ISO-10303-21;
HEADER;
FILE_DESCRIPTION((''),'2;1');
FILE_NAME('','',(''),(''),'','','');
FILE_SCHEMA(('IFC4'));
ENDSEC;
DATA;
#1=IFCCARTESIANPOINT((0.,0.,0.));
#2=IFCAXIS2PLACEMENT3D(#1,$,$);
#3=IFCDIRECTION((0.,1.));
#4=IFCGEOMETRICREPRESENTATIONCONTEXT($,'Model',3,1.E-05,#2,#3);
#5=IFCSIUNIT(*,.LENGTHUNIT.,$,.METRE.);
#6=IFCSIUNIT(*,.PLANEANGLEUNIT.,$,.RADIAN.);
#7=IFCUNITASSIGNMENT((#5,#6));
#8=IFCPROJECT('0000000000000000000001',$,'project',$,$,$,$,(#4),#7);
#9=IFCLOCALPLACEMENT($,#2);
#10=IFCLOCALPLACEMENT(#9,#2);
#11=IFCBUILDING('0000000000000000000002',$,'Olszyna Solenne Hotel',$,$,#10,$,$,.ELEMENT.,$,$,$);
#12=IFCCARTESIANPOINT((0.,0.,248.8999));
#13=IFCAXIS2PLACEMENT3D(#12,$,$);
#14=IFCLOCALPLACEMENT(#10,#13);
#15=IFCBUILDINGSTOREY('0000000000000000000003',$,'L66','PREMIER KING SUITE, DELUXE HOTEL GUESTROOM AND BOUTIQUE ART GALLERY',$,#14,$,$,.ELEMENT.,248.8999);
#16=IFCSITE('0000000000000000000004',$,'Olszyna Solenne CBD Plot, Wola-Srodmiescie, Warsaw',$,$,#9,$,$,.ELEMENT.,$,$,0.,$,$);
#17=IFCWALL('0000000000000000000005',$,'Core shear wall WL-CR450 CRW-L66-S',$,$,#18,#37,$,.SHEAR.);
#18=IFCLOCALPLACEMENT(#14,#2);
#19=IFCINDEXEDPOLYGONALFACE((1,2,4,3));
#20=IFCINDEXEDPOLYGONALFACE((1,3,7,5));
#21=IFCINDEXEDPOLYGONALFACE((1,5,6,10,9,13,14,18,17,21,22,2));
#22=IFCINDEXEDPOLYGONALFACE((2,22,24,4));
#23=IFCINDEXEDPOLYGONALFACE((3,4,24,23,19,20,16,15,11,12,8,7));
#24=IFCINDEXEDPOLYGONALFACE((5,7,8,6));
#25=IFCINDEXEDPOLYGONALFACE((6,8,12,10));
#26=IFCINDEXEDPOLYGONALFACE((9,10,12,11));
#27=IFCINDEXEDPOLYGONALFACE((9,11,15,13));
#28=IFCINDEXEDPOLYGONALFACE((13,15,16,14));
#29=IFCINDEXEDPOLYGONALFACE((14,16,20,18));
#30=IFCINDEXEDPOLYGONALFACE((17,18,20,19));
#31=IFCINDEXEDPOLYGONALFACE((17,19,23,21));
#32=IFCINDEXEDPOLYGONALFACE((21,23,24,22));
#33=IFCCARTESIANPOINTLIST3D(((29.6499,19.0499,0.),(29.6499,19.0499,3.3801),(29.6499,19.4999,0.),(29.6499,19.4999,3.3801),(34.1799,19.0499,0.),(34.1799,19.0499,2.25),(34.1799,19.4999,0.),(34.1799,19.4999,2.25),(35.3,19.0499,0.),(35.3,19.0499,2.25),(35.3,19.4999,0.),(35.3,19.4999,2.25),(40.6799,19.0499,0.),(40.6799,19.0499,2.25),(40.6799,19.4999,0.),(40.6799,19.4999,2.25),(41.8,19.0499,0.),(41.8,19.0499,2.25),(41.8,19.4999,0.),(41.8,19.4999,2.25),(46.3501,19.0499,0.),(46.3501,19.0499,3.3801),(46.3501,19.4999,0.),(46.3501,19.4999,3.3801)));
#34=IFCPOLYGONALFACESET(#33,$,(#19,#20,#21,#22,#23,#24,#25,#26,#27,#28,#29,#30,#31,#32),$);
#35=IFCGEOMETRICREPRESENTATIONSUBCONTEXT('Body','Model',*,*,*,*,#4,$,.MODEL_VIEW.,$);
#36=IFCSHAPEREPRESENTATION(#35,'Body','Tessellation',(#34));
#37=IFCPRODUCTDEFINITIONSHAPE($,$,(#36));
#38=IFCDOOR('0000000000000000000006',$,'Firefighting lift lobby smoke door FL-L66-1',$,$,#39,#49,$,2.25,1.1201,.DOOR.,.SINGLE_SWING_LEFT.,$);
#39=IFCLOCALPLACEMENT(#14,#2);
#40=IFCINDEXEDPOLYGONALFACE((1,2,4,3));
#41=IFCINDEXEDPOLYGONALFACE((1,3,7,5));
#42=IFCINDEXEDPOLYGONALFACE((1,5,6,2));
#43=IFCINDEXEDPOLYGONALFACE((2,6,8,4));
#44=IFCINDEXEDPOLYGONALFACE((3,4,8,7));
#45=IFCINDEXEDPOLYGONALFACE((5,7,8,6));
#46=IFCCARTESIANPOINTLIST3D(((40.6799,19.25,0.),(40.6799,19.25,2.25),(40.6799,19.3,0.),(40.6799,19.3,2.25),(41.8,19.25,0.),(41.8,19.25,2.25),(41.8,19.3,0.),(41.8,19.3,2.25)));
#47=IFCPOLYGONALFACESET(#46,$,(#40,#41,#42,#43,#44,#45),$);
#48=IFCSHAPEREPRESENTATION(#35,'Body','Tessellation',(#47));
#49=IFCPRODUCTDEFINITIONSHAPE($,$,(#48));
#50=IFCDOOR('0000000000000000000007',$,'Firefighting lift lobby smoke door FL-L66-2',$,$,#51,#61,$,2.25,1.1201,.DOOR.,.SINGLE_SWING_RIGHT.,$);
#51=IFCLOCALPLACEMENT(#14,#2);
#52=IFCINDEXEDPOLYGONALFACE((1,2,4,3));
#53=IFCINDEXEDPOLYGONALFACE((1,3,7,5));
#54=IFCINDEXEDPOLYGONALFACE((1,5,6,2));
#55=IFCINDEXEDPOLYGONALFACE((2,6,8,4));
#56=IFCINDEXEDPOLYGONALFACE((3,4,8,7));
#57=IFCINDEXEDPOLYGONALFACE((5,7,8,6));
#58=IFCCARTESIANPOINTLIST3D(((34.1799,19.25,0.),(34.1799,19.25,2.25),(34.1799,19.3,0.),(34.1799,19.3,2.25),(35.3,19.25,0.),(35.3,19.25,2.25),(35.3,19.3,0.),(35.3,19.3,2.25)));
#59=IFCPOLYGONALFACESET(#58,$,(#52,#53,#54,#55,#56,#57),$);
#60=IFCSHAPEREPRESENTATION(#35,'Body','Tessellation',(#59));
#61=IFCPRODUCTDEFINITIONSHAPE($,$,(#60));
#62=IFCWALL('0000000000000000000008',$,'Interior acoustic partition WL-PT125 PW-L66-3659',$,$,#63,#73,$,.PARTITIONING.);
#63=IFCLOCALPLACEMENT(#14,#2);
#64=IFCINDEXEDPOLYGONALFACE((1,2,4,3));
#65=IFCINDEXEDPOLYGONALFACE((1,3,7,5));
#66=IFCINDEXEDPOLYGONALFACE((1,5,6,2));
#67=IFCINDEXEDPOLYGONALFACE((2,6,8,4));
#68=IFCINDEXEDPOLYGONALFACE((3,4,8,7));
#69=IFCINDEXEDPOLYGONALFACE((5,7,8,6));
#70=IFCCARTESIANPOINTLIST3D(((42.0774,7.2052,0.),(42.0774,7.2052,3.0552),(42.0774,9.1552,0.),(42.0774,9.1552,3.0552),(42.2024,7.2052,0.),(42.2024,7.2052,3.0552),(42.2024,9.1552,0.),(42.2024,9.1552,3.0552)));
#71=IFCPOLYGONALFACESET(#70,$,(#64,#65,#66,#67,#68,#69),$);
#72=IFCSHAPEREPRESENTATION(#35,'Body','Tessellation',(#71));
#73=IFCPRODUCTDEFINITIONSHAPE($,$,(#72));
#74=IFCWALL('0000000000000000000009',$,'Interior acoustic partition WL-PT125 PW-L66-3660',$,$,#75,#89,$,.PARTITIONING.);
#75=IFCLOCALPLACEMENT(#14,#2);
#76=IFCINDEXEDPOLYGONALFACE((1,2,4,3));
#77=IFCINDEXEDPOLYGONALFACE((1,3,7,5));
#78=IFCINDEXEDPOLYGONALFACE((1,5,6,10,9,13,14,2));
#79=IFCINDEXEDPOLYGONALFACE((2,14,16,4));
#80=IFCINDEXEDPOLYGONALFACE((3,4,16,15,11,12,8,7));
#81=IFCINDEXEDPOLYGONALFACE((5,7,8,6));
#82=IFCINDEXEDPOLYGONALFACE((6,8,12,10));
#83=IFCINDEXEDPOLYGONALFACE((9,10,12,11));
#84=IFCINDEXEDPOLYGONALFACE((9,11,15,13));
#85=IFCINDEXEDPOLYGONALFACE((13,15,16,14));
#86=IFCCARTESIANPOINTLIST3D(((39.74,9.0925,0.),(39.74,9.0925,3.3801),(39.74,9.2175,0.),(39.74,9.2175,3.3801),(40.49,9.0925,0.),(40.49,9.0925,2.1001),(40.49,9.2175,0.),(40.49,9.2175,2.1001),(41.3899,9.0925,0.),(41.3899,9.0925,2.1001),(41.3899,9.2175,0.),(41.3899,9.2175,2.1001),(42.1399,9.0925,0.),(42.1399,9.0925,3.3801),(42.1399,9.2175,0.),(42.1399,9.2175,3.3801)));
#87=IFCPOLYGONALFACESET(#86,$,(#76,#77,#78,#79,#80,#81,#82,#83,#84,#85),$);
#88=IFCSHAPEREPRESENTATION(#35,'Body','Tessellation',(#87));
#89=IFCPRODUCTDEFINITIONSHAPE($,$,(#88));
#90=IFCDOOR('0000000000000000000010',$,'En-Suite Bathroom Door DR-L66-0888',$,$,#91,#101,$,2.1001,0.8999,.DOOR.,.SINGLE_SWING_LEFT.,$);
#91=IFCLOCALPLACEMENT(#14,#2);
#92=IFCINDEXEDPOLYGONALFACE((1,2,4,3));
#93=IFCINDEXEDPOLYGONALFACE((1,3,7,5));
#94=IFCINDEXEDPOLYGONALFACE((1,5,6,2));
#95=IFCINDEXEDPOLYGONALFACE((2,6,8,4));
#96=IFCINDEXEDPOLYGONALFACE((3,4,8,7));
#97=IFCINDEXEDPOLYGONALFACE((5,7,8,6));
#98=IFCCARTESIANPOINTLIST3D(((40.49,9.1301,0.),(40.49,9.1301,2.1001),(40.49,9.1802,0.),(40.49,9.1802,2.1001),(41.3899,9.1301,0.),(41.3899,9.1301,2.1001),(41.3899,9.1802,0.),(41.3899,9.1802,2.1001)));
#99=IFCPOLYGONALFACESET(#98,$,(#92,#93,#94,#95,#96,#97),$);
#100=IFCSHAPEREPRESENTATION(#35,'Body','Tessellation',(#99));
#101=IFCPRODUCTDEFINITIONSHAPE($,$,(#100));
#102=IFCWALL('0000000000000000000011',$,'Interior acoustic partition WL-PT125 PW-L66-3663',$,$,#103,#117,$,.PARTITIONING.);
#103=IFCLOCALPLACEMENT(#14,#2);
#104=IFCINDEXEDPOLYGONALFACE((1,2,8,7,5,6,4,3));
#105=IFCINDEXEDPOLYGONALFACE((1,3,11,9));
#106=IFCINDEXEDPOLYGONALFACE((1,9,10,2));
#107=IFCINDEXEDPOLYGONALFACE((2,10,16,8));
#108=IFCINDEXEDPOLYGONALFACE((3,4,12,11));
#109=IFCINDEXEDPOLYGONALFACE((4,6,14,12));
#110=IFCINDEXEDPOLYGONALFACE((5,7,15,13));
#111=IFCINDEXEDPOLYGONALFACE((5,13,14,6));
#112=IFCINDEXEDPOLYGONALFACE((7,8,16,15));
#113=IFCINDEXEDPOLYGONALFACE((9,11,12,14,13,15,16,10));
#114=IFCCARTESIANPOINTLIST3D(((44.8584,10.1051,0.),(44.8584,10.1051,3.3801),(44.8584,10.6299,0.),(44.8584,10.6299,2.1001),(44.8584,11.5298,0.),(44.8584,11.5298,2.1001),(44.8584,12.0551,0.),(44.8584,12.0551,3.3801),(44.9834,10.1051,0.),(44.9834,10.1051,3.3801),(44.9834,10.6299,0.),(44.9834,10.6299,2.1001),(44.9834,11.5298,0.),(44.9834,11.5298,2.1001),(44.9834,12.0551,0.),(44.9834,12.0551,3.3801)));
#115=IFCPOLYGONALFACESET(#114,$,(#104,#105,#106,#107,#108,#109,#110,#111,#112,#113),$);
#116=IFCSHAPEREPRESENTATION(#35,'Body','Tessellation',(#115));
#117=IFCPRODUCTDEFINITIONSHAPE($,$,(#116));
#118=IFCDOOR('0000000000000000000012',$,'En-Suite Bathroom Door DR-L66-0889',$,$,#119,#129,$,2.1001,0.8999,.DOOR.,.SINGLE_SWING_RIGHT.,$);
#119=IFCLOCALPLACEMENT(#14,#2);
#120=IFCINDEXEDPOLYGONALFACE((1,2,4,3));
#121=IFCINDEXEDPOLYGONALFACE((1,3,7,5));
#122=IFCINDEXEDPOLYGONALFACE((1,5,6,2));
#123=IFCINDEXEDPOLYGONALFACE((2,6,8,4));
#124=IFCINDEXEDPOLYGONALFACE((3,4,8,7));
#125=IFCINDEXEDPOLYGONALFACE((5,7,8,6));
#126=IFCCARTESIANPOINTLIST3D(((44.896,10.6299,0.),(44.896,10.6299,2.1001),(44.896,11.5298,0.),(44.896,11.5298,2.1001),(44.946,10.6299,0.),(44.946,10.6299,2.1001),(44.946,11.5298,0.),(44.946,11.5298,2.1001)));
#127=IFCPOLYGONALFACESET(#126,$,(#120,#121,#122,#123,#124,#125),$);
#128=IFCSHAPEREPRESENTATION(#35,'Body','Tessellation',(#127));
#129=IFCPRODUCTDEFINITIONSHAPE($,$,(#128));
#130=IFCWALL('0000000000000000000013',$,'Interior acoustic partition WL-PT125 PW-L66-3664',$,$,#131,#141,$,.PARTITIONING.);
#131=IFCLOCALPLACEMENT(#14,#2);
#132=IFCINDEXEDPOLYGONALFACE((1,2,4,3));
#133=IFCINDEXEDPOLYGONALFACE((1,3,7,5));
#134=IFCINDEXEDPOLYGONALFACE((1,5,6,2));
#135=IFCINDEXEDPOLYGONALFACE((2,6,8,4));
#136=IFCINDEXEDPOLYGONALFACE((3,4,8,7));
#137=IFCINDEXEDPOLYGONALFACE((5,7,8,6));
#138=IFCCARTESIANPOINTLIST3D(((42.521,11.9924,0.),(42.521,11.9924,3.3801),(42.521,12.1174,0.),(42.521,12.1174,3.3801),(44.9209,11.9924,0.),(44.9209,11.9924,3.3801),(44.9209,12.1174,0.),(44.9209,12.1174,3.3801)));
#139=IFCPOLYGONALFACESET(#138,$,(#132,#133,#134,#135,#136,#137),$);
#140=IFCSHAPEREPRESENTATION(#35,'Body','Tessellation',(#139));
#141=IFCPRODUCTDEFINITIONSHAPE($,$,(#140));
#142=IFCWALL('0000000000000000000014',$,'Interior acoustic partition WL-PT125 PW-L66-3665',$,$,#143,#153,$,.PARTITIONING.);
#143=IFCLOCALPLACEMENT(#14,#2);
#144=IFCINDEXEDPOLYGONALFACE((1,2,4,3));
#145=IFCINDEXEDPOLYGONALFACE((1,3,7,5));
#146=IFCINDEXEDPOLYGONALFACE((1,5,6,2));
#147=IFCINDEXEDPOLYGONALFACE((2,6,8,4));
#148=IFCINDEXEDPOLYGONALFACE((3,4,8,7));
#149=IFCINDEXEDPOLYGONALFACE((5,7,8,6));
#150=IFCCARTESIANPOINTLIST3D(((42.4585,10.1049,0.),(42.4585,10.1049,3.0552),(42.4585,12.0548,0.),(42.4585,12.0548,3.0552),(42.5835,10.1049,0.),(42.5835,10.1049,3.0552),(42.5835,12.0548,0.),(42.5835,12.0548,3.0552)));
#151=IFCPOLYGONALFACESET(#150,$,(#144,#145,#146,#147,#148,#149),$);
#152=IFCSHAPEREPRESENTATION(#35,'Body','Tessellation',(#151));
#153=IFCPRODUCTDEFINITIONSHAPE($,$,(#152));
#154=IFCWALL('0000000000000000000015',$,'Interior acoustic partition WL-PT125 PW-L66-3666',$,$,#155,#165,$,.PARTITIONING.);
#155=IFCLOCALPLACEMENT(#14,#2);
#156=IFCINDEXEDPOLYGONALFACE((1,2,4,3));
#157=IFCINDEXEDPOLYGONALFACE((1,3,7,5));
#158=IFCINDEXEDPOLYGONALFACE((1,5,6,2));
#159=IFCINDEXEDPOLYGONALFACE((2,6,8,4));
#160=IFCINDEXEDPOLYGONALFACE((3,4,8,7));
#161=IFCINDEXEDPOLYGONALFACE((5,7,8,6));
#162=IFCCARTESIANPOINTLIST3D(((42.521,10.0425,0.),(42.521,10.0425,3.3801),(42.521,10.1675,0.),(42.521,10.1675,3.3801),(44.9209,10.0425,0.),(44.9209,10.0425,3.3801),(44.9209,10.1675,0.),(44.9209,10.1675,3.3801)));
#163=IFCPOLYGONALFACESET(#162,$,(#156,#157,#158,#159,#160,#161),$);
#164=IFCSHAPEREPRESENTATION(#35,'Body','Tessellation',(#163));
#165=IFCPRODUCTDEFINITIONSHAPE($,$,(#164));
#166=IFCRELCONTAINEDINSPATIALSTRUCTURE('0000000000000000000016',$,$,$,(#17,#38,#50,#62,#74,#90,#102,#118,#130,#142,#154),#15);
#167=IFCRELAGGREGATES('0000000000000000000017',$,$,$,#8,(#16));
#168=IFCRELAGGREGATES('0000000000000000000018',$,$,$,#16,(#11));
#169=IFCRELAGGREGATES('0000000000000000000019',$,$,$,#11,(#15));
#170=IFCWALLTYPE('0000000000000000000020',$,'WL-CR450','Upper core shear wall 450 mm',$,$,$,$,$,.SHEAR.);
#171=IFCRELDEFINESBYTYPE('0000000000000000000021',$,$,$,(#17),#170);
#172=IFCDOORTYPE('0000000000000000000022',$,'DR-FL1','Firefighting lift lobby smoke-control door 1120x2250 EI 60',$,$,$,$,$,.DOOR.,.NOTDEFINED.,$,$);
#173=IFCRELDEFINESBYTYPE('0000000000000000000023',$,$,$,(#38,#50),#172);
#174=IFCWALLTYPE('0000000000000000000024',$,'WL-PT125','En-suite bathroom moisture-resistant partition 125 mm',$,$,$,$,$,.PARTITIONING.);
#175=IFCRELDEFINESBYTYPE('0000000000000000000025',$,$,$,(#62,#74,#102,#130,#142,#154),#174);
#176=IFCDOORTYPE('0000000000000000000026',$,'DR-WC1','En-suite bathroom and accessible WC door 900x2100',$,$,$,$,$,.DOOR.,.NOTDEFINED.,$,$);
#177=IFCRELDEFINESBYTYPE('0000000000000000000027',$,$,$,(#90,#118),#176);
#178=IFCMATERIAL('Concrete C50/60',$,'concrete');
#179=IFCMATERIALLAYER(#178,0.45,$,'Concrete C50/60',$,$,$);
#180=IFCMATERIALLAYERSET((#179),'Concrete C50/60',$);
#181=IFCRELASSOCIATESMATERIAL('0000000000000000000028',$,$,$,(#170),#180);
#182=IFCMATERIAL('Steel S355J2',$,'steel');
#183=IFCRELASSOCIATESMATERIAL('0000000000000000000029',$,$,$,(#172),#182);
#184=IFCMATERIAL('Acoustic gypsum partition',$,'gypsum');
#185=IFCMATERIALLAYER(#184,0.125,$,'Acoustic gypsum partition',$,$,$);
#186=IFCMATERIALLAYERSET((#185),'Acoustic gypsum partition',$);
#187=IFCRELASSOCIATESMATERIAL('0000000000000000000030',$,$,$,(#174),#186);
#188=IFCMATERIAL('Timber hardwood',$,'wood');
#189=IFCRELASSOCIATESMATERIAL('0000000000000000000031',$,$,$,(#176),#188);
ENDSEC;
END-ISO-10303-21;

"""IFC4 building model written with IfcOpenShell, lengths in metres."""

from ifc_helpers import new_model, si_unit, direction, frame, frame_2d, origin, place, context, subcontext, project, spatial, rectangle, extrude, source, transform, mapped, material, layer, layer_set, type_object, type_shapes, element, fill, save


model = new_model("IFC4")

# Units and contexts
model_context = context("Model", 3, precision=1e-05, world=origin(), true_north=direction((0.0, 1.0)))
body_context = subcontext(model_context, "Body", "Model", "MODEL_VIEW")
ifc_project = project(units=[si_unit("LENGTHUNIT", "METRE"), si_unit("PLANEANGLEUNIT", "RADIAN")], contexts=[model_context])

# Site, building, storey
site_placement = place(None, origin())
site = spatial("IfcSite", under=ifc_project, at=site_placement, Name="Olszyna Solenne CBD Plot, Wola-Srodmiescie, Warsaw", CompositionType="ELEMENT", RefElevation=0.0)
building_placement = place(site_placement, origin())
building = spatial("IfcBuilding", under=site, at=building_placement, Name="Olszyna Solenne Hotel", CompositionType="ELEMENT")
storey_placement = place(building_placement, frame((0.0, 0.0, 248.8999)))
storey = spatial("IfcBuildingStorey", under=building, at=storey_placement, Name="L66", Description="PREMIER KING SUITE, DELUXE HOTEL GUESTROOM AND BOUTIQUE ART GALLERY", CompositionType="ELEMENT", Elevation=248.8999)

# Shared definitions
ifc_material_1 = material(Name="Steel S355J2", Category="steel")

# Shared definitions
ifc_material_2 = material(Name="Concrete C50/60", Category="concrete")

# Wall, openings, doors
ifc_layer_1 = layer(ifc_material_2, 0.45, Name="Concrete C50/60")
ifc_layer_set_1 = layer_set([ifc_layer_1], Name="Concrete C50/60")
wall_type_1 = type_object("IfcWallType", Name="WL-CR450", Description="Upper core shear wall 450 mm", PredefinedType="SHEAR", material=ifc_layer_set_1)
wall_1_placement = place(storey_placement, frame((46.3501, 19.2749, 0.0), z_axis=(0.0, 0.0, 1.0), x_axis=(-1.0, 0.0, 0.0)))
wall_1 = element("IfcWall", 1, at=wall_1_placement, inside=storey, type_object=wall_type_1, Name="Core shear wall WL-CR450 CRW-L66-S", PredefinedType="SHEAR", context=body_context, shape_type="SweptSolid", body=[
    extrude(rectangle(XDim=16.7002, YDim=0.45, at=frame_2d((8.3501, 0.0))), origin(), (0.0, 0.0, 1.0), 3.3801),
])
opening_1_placement = place(wall_1_placement, frame((4.55, 0.0, 0.0)))
opening_1 = element("IfcOpeningElement", 2, at=opening_1_placement, cuts=wall_1, PredefinedType="OPENING", context=body_context, shape_type="SweptSolid", body=[
    extrude(rectangle(XDim=1.1201, YDim=2.25, at=frame_2d((0.5601, 1.125))), frame((0.0, 0.2349, 0.0), z_axis=(0.0, -1.0, 0.0), x_axis=(1.0, 0.0, 0.0)), (0.0, 0.0, 1.0), 0.47),
])
opening_2_placement = place(wall_1_placement, frame((11.05, 0.0, 0.0)))
opening_2 = element("IfcOpeningElement", 3, at=opening_2_placement, cuts=wall_1, PredefinedType="OPENING", context=body_context, shape_type="SweptSolid", body=[
    extrude(rectangle(XDim=1.1201, YDim=2.25, at=frame_2d((0.5601, 1.125))), frame((0.0, 0.2349, 0.0), z_axis=(0.0, -1.0, 0.0), x_axis=(1.0, 0.0, 0.0)), (0.0, 0.0, 1.0), 0.47),
])
door_type_1 = type_object("IfcDoorType", Name="DR-FL1", Description="Firefighting lift lobby smoke-control door 1120x2250 EI 60", OperationType="NOTDEFINED", PredefinedType="DOOR", material=ifc_material_1)
shared_shape_1 = source(origin(), body_context, "Body", "SweptSolid", [
    extrude(rectangle(XDim=1.1201, YDim=2.25, at=frame_2d((0.5601, 1.125))), frame((0.0, 0.0249, 0.0), z_axis=(0.0, -1.0, 0.0), x_axis=(1.0, 0.0, 0.0)), (0.0, 0.0, 1.0), 0.05),
])
type_shapes(door_type_1, [shared_shape_1])
door_1_placement = place(opening_1_placement, origin())
door_1 = element("IfcDoor", 4, at=door_1_placement, inside=storey, type_object=door_type_1, Name="Firefighting lift lobby smoke door FL-L66-1", OperationType="SINGLE_SWING_LEFT", OverallHeight=2.25, OverallWidth=1.1201, PredefinedType="DOOR", context=body_context, shape_type="MappedRepresentation", body=[
    mapped(shared_shape_1, transform((0.0, 0.0, 0.0), x_axis=(1.0, 0.0, 0.0), y_axis=(0.0, 1.0, 0.0), z_axis=(0.0, 0.0, 1.0), scale=1.0)),
])
fill(opening_1, door_1)
door_2_placement = place(opening_2_placement, origin())
door_2 = element("IfcDoor", 5, at=door_2_placement, inside=storey, type_object=door_type_1, Name="Firefighting lift lobby smoke door FL-L66-2", OperationType="SINGLE_SWING_RIGHT", OverallHeight=2.25, OverallWidth=1.1201, PredefinedType="DOOR", context=body_context, shape_type="MappedRepresentation", body=[
    mapped(shared_shape_1, transform((0.0, 0.0, 0.0), x_axis=(1.0, 0.0, 0.0), y_axis=(0.0, 1.0, 0.0), z_axis=(0.0, 0.0, 1.0), scale=1.0)),
])
fill(opening_2, door_2)

# Wall
ifc_material_3 = material(Name="Acoustic gypsum partition", Category="gypsum")
ifc_layer_2 = layer(ifc_material_3, 0.125, Name="Acoustic gypsum partition")
ifc_layer_set_2 = layer_set([ifc_layer_2], Name="Acoustic gypsum partition")
wall_type_2 = type_object("IfcWallType", Name="WL-PT125", Description="En-suite bathroom moisture-resistant partition 125 mm", PredefinedType="PARTITIONING", material=ifc_layer_set_2)
wall_2_placement = place(storey_placement, frame((42.1399, 7.2051, 0.0), z_axis=(0.0, 0.0, 1.0), x_axis=(0.0, 1.0, 0.0)))
element("IfcWall", 6, at=wall_2_placement, inside=storey, type_object=wall_type_2, Name="Interior acoustic partition WL-PT125 PW-L66-3659", PredefinedType="PARTITIONING", context=body_context, shape_type="SweptSolid", body=[
    extrude(rectangle(XDim=1.95, YDim=0.125, at=frame_2d((0.9751, 0.0))), origin(), (0.0, 0.0, 1.0), 3.0552),
])

# Walls, openings, doors
wall_3_placement = place(storey_placement, frame((42.1399, 9.155, 0.0), z_axis=(0.0, 0.0, 1.0), x_axis=(-1.0, 0.0, 0.0)))
wall_3 = element("IfcWall", 7, at=wall_3_placement, inside=storey, type_object=wall_type_2, Name="Interior acoustic partition WL-PT125 PW-L66-3660", PredefinedType="PARTITIONING", context=body_context, shape_type="SweptSolid", body=[
    extrude(rectangle(XDim=2.3999, YDim=0.125, at=frame_2d((1.2, 0.0))), origin(), (0.0, 0.0, 1.0), 3.3801),
])
opening_3_placement = place(wall_3_placement, frame((0.75, 0.0, 0.0)))
opening_3 = element("IfcOpeningElement", 8, at=opening_3_placement, cuts=wall_3, PredefinedType="OPENING", context=body_context, shape_type="SweptSolid", body=[
    extrude(rectangle(XDim=0.8999, YDim=2.1001, at=frame_2d((0.45, 1.05))), frame((0.0, 0.0725, 0.0), z_axis=(0.0, -1.0, 0.0), x_axis=(1.0, 0.0, 0.0)), (0.0, 0.0, 1.0), 0.145),
])
ifc_material_4 = material(Name="Timber hardwood", Category="wood")
door_type_2 = type_object("IfcDoorType", Name="DR-WC1", Description="En-suite bathroom and accessible WC door 900x2100", OperationType="NOTDEFINED", PredefinedType="DOOR", material=ifc_material_4)
shared_shape_2 = source(origin(), body_context, "Body", "SweptSolid", [
    extrude(rectangle(XDim=0.8999, YDim=2.1001, at=frame_2d((0.45, 1.05))), frame((0.0, 0.0249, 0.0), z_axis=(0.0, -1.0, 0.0), x_axis=(1.0, 0.0, 0.0)), (0.0, 0.0, 1.0), 0.05),
])
type_shapes(door_type_2, [shared_shape_2])
door_3_placement = place(opening_3_placement, origin())
door_3 = element("IfcDoor", 9, at=door_3_placement, inside=storey, type_object=door_type_2, Name="En-Suite Bathroom Door DR-L66-0888", OperationType="SINGLE_SWING_LEFT", OverallHeight=2.1001, OverallWidth=0.8999, PredefinedType="DOOR", context=body_context, shape_type="MappedRepresentation", body=[
    mapped(shared_shape_2, transform((0.0, 0.0, 0.0), x_axis=(1.0, 0.0, 0.0), y_axis=(0.0, 1.0, 0.0), z_axis=(0.0, 0.0, 1.0), scale=1.0)),
])
fill(opening_3, door_3)
wall_4_placement = place(storey_placement, frame((44.9209, 10.105, 0.0), z_axis=(0.0, 0.0, 1.0), x_axis=(0.0, 1.0, 0.0)))
wall_4 = element("IfcWall", 10, at=wall_4_placement, inside=storey, type_object=wall_type_2, Name="Interior acoustic partition WL-PT125 PW-L66-3663", PredefinedType="PARTITIONING", context=body_context, shape_type="SweptSolid", body=[
    extrude(rectangle(XDim=1.95, YDim=0.125, at=frame_2d((0.9751, 0.0))), origin(), (0.0, 0.0, 1.0), 3.3801),
])
opening_4_placement = place(wall_4_placement, frame((0.5249, 0.0, 0.0)))
opening_4 = element("IfcOpeningElement", 11, at=opening_4_placement, cuts=wall_4, PredefinedType="OPENING", context=body_context, shape_type="SweptSolid", body=[
    extrude(rectangle(XDim=0.8999, YDim=2.1001, at=frame_2d((0.45, 1.05))), frame((0.0, 0.0725, 0.0), z_axis=(0.0, -1.0, 0.0), x_axis=(1.0, 0.0, 0.0)), (0.0, 0.0, 1.0), 0.145),
])
door_4_placement = place(opening_4_placement, origin())
door_4 = element("IfcDoor", 12, at=door_4_placement, inside=storey, type_object=door_type_2, Name="En-Suite Bathroom Door DR-L66-0889", OperationType="SINGLE_SWING_RIGHT", OverallHeight=2.1001, OverallWidth=0.8999, PredefinedType="DOOR", context=body_context, shape_type="MappedRepresentation", body=[
    mapped(shared_shape_2, transform((0.0, 0.0, 0.0), x_axis=(1.0, 0.0, 0.0), y_axis=(0.0, 1.0, 0.0), z_axis=(0.0, 0.0, 1.0), scale=1.0)),
])
fill(opening_4, door_4)

# Walls
wall_5_placement = place(storey_placement, frame((44.9209, 12.0549, 0.0), z_axis=(0.0, 0.0, 1.0), x_axis=(-1.0, 0.0, 0.0)))
element("IfcWall", 13, at=wall_5_placement, inside=storey, type_object=wall_type_2, Name="Interior acoustic partition WL-PT125 PW-L66-3664", PredefinedType="PARTITIONING", context=body_context, shape_type="SweptSolid", body=[
    extrude(rectangle(XDim=2.3999, YDim=0.125, at=frame_2d((1.2, 0.0))), origin(), (0.0, 0.0, 1.0), 3.3801),
])
wall_6_placement = place(storey_placement, frame((42.521, 12.0549, 0.0), z_axis=(0.0, 0.0, 1.0), x_axis=(0.0, -1.0, 0.0)))
element("IfcWall", 14, at=wall_6_placement, inside=storey, type_object=wall_type_2, Name="Interior acoustic partition WL-PT125 PW-L66-3665", PredefinedType="PARTITIONING", context=body_context, shape_type="SweptSolid", body=[
    extrude(rectangle(XDim=1.95, YDim=0.125, at=frame_2d((0.9751, 0.0))), origin(), (0.0, 0.0, 1.0), 3.0552),
])
wall_7_placement = place(storey_placement, frame((42.521, 10.105, 0.0), z_axis=(0.0, 0.0, 1.0), x_axis=(1.0, 0.0, 0.0)))
element("IfcWall", 15, at=wall_7_placement, inside=storey, type_object=wall_type_2, Name="Interior acoustic partition WL-PT125 PW-L66-3666", PredefinedType="PARTITIONING", context=body_context, shape_type="SweptSolid", body=[
    extrude(rectangle(XDim=2.3999, YDim=0.125, at=frame_2d((1.2, 0.0))), origin(), (0.0, 0.0, 1.0), 3.3801),
])

save(model, "model.ifc")
